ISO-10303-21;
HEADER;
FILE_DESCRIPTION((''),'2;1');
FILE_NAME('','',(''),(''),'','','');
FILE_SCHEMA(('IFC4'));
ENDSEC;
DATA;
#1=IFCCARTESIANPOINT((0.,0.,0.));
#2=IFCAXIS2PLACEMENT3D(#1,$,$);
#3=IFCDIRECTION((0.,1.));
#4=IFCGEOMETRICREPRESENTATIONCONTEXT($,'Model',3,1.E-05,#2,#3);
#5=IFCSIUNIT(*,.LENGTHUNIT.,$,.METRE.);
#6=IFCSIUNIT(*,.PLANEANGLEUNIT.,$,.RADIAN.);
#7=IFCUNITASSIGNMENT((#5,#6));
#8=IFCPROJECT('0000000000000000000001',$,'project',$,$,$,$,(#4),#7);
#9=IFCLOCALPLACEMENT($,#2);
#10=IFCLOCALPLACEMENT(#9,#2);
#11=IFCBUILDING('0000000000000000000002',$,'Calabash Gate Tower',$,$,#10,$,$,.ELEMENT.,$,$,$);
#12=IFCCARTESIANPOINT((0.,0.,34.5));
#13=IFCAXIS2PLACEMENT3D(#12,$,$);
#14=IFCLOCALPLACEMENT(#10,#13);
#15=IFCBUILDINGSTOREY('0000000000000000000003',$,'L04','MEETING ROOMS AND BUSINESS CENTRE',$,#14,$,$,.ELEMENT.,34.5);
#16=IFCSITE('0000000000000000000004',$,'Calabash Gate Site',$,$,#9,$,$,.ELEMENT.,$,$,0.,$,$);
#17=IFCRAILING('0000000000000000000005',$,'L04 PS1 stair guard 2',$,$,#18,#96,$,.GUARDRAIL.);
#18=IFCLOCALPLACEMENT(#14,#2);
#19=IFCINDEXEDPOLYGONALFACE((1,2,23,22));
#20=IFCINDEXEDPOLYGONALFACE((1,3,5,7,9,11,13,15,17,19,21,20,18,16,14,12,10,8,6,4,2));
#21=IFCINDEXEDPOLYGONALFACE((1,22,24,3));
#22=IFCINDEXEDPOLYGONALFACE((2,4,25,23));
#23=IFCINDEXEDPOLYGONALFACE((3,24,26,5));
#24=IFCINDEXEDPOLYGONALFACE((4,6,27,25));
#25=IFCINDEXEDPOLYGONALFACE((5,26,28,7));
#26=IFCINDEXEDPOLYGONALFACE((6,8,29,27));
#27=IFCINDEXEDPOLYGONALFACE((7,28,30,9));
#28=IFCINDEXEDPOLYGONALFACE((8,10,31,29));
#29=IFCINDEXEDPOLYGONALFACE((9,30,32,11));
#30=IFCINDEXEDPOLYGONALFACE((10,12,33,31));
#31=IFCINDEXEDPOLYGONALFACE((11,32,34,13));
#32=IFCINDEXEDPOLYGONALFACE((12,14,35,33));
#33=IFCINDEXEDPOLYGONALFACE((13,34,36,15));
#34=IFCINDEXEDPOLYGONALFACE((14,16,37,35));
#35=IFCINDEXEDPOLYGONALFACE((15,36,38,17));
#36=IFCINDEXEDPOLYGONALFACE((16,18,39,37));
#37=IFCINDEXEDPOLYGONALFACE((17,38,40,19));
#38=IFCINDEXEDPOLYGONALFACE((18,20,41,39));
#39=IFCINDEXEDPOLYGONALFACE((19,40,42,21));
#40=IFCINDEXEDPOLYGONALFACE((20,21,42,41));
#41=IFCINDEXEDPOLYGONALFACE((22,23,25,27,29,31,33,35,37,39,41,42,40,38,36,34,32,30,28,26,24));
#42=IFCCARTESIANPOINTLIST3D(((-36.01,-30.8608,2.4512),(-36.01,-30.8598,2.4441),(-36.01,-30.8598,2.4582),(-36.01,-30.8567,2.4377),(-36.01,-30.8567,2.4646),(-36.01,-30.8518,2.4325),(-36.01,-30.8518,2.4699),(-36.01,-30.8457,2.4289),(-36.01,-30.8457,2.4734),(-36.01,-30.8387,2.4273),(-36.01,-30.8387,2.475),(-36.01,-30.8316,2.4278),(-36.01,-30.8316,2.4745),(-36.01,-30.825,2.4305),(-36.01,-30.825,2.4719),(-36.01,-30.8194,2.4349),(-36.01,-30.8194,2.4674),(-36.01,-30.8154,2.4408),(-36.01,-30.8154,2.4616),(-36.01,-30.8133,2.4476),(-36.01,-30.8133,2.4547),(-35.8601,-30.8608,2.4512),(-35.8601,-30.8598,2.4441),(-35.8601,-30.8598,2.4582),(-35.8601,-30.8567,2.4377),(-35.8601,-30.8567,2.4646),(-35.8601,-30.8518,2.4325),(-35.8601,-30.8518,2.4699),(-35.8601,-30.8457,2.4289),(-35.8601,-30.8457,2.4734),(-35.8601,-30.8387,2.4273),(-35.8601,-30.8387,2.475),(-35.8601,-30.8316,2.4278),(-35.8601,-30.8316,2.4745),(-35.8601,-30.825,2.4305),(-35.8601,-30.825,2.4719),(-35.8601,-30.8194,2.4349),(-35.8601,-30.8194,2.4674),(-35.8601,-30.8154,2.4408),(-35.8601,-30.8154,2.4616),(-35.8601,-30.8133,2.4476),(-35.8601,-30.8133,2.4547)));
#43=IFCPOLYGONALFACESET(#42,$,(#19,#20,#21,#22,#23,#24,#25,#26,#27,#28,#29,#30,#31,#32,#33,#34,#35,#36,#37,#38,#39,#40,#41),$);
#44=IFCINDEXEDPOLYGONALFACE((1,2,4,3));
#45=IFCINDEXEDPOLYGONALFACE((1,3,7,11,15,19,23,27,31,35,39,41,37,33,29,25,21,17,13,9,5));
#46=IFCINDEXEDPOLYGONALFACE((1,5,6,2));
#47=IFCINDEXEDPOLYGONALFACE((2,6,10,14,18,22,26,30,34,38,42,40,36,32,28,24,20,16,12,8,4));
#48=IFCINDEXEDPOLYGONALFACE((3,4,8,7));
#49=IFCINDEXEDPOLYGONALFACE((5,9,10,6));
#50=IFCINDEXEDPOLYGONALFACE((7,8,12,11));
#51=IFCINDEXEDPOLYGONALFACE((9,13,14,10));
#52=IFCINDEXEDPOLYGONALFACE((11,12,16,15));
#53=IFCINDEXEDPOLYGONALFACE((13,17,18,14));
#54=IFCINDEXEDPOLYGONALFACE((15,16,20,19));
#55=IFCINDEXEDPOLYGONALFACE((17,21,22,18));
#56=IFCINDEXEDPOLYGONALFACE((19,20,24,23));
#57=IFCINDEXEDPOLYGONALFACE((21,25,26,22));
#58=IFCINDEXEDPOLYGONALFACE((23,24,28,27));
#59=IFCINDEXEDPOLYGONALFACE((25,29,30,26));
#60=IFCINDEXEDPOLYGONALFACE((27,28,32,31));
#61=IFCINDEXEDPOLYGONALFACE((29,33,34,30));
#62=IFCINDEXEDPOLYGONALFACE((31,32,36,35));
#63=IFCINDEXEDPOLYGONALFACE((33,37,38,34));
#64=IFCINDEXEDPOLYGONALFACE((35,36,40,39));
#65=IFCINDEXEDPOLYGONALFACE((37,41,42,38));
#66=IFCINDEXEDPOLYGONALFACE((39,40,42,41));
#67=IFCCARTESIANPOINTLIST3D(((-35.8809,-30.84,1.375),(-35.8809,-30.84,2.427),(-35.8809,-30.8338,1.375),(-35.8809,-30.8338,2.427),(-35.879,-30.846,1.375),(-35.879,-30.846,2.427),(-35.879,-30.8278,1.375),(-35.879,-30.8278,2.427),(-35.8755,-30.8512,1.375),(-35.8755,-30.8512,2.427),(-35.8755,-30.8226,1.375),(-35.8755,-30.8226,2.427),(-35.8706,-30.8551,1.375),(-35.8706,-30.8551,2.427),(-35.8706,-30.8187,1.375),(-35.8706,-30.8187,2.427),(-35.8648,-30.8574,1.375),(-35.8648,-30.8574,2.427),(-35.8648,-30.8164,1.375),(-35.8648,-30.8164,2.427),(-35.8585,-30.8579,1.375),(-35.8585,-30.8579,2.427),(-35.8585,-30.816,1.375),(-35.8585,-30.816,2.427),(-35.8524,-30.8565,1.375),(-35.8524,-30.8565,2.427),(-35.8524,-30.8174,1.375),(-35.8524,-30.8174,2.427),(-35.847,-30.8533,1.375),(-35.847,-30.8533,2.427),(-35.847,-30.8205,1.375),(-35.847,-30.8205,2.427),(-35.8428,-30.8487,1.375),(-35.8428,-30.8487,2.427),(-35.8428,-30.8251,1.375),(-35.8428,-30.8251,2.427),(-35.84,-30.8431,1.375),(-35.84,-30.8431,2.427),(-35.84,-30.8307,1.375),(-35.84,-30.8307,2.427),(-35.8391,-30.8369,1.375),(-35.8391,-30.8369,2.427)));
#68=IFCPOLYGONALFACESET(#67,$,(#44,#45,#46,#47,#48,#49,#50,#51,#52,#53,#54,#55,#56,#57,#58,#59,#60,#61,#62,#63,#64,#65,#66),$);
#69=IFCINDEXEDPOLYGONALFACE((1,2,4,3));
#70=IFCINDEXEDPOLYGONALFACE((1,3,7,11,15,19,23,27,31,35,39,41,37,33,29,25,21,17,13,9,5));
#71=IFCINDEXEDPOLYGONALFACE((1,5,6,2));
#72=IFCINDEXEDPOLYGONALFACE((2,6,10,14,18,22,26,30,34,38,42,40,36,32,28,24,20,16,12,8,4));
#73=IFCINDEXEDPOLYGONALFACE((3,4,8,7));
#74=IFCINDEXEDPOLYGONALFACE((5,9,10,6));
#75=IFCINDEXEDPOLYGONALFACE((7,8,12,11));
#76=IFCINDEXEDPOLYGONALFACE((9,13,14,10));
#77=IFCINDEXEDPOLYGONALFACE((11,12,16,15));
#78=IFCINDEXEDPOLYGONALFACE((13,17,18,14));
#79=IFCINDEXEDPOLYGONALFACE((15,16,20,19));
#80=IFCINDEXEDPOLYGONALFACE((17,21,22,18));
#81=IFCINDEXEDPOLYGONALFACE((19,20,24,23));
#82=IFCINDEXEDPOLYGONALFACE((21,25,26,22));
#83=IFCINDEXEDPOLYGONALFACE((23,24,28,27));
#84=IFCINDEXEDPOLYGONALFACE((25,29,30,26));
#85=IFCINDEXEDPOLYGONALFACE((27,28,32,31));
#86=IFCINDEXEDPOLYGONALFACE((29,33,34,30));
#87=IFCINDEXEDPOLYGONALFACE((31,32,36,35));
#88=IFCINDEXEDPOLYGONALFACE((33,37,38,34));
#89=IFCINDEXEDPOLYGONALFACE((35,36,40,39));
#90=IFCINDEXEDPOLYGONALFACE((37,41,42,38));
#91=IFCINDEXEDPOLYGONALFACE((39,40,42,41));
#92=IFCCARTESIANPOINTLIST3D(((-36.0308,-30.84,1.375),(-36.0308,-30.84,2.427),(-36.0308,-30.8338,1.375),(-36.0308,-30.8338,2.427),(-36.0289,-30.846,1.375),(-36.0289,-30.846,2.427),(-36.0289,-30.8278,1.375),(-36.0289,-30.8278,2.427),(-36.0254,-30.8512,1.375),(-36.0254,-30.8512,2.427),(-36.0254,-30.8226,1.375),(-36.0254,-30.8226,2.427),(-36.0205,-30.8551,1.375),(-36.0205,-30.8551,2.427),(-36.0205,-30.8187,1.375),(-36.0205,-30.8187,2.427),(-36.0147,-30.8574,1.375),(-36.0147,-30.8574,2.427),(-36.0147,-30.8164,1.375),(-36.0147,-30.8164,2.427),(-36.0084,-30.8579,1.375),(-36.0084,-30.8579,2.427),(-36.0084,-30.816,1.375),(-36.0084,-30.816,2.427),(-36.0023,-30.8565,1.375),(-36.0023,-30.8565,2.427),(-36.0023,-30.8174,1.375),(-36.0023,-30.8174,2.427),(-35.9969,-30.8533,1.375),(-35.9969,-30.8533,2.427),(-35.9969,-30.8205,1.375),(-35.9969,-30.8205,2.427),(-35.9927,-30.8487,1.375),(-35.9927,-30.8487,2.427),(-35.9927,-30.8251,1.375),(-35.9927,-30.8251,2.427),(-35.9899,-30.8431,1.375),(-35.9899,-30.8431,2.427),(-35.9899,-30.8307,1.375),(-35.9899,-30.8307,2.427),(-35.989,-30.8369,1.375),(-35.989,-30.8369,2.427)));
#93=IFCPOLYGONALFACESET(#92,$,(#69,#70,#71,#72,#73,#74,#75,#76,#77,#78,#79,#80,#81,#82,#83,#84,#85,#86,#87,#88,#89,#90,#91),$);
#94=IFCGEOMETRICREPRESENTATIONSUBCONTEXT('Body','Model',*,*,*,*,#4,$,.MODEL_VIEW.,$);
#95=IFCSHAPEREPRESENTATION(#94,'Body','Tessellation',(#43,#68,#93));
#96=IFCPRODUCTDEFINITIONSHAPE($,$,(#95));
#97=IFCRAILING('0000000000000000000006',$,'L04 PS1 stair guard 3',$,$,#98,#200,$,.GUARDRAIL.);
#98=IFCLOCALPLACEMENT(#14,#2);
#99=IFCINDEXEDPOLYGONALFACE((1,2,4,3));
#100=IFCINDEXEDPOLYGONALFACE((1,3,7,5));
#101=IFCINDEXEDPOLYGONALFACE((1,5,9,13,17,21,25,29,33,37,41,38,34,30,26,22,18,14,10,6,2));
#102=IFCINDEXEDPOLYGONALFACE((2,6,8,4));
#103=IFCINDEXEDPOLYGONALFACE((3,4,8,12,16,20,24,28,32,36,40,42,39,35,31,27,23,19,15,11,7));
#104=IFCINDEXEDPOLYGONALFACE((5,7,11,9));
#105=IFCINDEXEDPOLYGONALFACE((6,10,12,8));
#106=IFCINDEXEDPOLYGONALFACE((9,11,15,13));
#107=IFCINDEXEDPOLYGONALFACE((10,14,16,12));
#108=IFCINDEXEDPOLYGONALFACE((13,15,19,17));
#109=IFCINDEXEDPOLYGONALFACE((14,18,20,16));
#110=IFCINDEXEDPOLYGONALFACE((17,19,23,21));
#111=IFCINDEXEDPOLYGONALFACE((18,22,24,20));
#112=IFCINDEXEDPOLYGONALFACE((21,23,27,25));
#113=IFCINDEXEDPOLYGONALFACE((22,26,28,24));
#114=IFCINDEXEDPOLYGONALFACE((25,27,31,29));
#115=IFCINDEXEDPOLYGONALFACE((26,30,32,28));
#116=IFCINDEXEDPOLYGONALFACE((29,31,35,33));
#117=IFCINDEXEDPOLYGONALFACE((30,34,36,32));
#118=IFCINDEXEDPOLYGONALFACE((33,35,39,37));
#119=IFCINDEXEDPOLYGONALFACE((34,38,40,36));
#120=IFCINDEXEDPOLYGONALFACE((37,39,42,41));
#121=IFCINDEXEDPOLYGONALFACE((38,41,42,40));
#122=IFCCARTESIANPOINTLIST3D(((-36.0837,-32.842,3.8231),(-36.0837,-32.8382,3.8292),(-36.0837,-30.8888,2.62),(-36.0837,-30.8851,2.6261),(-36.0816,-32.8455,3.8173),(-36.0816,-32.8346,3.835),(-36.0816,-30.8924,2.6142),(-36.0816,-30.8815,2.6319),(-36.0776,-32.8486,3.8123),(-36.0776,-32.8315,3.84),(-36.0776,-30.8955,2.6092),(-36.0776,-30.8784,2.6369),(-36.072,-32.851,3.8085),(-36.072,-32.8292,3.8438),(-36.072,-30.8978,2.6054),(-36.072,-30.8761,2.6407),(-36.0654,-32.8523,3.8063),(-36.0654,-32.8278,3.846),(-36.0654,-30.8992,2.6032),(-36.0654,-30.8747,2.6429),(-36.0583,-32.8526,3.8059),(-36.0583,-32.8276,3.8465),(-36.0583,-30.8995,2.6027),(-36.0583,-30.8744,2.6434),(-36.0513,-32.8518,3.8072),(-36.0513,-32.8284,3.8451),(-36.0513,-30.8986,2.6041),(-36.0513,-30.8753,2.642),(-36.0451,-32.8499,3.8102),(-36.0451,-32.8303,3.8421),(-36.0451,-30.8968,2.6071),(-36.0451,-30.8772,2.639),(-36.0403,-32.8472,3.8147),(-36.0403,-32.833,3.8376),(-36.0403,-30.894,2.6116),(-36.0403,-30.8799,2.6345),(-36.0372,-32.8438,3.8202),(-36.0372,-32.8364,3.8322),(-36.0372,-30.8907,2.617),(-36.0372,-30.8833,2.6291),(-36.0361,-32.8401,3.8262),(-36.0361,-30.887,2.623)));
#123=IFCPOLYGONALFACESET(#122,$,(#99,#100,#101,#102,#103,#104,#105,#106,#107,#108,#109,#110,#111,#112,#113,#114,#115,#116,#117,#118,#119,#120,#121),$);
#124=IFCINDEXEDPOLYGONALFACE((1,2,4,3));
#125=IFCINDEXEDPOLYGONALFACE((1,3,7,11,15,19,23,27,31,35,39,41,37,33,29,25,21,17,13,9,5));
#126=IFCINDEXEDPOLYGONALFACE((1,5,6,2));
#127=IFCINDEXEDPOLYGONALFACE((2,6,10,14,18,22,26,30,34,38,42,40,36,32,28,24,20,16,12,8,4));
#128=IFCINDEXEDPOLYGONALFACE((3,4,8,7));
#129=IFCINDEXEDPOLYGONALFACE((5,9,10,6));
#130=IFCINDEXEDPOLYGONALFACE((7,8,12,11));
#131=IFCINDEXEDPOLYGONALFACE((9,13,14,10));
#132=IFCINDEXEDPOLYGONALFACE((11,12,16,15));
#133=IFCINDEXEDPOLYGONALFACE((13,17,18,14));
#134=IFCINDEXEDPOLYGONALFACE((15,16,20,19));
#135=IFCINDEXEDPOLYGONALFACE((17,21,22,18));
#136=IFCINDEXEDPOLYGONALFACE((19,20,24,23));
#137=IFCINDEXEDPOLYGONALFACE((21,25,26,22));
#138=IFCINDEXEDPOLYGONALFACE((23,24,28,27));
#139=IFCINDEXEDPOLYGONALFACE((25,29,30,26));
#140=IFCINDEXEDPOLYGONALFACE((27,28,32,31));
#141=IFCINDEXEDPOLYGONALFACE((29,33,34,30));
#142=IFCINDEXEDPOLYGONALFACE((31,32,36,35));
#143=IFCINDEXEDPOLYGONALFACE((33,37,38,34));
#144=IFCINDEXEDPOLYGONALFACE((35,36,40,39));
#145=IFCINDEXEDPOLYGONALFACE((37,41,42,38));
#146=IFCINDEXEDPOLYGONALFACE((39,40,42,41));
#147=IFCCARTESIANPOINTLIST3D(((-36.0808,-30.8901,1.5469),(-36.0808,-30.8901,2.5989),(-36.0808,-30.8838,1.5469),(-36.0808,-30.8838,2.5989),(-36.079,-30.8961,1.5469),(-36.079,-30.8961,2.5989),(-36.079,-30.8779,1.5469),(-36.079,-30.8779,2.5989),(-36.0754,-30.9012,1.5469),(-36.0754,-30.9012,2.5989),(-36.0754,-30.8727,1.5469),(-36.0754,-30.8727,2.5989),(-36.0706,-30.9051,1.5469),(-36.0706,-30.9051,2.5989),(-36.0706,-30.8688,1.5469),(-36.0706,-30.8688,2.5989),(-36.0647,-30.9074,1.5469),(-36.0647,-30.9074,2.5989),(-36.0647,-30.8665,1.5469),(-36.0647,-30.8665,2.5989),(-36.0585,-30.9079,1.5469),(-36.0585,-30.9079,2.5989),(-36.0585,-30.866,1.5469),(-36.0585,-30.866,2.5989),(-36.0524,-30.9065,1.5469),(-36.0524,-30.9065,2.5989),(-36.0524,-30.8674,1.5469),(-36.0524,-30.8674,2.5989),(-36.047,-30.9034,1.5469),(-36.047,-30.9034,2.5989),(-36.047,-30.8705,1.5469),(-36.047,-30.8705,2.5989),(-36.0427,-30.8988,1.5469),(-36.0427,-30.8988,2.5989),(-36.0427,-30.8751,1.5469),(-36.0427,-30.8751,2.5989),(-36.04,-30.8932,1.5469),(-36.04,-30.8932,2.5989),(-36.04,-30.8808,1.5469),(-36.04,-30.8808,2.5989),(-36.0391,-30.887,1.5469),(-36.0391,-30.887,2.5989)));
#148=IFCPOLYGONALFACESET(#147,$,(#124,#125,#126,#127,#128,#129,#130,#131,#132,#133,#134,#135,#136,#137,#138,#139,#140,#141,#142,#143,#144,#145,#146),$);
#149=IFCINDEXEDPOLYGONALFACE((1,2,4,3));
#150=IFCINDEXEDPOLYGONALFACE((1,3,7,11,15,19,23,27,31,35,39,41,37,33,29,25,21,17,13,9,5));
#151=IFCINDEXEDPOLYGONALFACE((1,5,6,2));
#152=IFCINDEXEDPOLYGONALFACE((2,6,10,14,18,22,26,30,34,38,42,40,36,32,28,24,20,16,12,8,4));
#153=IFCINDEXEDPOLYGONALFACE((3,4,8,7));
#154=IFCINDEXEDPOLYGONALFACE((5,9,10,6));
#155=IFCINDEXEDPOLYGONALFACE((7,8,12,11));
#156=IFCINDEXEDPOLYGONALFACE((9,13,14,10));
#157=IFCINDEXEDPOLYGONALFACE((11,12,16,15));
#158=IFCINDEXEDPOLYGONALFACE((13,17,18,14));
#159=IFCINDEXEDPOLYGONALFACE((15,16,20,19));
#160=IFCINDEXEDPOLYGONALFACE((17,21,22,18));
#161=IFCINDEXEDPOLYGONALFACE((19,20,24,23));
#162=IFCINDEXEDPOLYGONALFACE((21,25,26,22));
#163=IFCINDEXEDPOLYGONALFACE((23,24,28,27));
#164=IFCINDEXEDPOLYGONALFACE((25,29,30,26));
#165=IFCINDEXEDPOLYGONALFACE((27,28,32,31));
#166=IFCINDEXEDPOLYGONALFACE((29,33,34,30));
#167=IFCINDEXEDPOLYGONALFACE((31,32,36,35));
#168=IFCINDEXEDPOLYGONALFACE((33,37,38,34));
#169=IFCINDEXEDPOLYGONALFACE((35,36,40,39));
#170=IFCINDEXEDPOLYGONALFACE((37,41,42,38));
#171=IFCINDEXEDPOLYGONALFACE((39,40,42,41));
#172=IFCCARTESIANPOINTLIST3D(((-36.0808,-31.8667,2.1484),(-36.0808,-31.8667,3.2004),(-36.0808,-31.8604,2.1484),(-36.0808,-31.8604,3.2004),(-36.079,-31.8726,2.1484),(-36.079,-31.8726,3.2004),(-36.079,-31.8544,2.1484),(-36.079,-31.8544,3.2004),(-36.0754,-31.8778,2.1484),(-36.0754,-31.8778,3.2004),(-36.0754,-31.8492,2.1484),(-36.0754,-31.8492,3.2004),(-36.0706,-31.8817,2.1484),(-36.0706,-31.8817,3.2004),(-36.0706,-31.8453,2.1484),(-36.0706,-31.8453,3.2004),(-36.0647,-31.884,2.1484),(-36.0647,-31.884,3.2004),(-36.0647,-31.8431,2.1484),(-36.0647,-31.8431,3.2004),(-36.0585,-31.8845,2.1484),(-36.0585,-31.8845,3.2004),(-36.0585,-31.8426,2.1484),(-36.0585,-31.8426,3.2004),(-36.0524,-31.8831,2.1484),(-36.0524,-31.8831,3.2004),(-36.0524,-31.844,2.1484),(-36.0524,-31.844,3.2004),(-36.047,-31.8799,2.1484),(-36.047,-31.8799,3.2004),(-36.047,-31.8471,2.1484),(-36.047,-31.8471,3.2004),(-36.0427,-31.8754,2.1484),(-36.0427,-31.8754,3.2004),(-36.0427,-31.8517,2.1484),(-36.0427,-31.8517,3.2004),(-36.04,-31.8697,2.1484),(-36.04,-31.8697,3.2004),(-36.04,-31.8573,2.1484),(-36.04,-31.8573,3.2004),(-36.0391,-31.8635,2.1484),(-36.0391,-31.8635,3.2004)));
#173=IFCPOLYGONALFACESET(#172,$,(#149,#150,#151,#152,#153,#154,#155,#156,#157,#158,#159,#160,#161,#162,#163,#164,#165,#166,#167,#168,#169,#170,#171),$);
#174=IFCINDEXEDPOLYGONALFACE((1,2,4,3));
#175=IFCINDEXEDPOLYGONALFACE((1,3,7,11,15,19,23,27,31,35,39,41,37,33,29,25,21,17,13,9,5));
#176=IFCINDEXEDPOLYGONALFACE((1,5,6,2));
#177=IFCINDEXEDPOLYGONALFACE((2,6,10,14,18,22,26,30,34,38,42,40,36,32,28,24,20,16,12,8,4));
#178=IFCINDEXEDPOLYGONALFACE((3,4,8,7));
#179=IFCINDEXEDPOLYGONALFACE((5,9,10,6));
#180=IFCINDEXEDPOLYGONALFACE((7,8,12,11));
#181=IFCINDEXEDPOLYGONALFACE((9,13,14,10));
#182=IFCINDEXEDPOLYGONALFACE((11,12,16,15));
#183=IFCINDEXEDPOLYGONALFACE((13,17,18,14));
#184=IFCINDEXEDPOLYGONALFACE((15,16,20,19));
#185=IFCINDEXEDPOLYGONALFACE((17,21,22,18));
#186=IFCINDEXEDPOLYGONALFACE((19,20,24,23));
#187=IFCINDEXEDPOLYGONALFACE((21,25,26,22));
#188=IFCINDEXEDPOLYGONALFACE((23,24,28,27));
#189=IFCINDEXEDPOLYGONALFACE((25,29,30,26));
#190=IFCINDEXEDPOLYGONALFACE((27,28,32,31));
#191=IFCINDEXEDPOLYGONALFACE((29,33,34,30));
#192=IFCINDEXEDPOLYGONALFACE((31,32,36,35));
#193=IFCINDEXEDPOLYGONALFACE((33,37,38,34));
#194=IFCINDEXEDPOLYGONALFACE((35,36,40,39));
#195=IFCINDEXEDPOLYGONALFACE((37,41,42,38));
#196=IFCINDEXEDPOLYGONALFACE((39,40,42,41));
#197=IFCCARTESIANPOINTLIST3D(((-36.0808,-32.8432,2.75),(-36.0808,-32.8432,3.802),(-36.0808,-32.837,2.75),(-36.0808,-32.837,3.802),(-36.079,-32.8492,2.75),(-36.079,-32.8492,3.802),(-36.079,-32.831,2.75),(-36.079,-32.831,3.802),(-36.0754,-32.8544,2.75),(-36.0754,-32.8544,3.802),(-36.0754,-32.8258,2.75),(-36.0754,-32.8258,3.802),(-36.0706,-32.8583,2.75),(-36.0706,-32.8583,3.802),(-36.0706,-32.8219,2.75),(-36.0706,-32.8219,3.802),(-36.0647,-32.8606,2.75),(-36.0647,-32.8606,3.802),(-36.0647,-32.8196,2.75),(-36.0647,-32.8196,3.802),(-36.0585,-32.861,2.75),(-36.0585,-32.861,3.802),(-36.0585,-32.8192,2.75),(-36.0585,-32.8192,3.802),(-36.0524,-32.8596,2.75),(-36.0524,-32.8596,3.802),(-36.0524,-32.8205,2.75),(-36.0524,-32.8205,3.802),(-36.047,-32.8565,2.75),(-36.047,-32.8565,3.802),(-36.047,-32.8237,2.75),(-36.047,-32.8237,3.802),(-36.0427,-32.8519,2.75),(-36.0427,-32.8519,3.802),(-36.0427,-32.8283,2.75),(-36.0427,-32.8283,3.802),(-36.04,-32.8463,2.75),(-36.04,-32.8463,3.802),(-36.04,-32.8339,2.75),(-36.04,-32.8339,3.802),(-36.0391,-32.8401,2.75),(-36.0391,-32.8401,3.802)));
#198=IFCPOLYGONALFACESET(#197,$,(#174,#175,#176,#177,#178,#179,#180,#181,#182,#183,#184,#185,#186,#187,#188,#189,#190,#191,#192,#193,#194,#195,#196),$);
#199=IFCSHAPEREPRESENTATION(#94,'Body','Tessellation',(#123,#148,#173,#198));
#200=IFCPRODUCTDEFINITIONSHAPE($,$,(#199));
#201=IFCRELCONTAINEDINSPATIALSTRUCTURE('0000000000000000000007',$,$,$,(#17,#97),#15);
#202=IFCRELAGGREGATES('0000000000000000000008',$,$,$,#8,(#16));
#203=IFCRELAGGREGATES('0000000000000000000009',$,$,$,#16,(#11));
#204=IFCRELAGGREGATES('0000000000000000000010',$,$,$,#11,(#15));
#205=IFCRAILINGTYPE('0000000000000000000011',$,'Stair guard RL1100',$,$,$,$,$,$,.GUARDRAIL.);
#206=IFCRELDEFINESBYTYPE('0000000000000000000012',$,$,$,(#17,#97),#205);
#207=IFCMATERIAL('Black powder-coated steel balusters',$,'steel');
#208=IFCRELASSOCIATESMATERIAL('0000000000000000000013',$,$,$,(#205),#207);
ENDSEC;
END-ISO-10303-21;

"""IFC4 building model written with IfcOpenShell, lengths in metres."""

from ifc_helpers import new_model, si_unit, direction, frame, origin, origin_2d, place, context, subcontext, project, spatial, circle, extrude, material, type_object, element, save


model = new_model("IFC4")

# Units and contexts
model_context = context("Model", 3, precision=1e-05, world=origin(), true_north=direction((0.0, 1.0)))
body_context = subcontext(model_context, "Body", "Model", "MODEL_VIEW")
ifc_project = project(units=[si_unit("LENGTHUNIT", "METRE"), si_unit("PLANEANGLEUNIT", "RADIAN")], contexts=[model_context])

# Site, building, storey
site_placement = place(None, origin())
site = spatial("IfcSite", under=ifc_project, at=site_placement, Name="Calabash Gate Site", CompositionType="ELEMENT", RefElevation=0.0)
building_placement = place(site_placement, origin())
building = spatial("IfcBuilding", under=site, at=building_placement, Name="Calabash Gate Tower", CompositionType="ELEMENT")
storey_placement = place(building_placement, frame((0.0, 0.0, 34.5)))
storey = spatial("IfcBuildingStorey", under=building, at=storey_placement, Name="L04", Description="MEETING ROOMS AND BUSINESS CENTRE", CompositionType="ELEMENT", Elevation=34.5)

# Railings
ifc_material_1 = material(Name="Black powder-coated steel balusters", Category="steel")
railing_type_1 = type_object("IfcRailingType", Name="Stair guard RL1100", PredefinedType="GUARDRAIL", material=ifc_material_1)
railing_1_placement = place(storey_placement, frame((-35.8601, -30.8369, 1.375)))
element("IfcRailing", 1, at=railing_1_placement, inside=storey, type_object=railing_type_1, Name="L04 PS1 stair guard 2", PredefinedType="GUARDRAIL", context=body_context, shape_type="SweptSolid", body=[
    extrude(circle(Radius=0.0239, at=origin_2d()), frame((0.0, 0.0, 1.0762), z_axis=(-1.0, 0.0, 0.0), x_axis=(0.0, -1.0, 0.0)), (0.0, 0.0, 1.0), 0.1499),
    extrude(circle(Radius=0.021, at=origin_2d()), origin(), (0.0, 0.0, 1.0), 1.052),
    extrude(circle(Radius=0.021, at=origin_2d()), frame((-0.1499, 0.0, 0.0)), (0.0, 0.0, 1.0), 1.052),
])
railing_2_placement = place(storey_placement, frame((-36.0601, -30.887, 1.5469)))
element("IfcRailing", 2, at=railing_2_placement, inside=storey, type_object=railing_type_1, Name="L04 PS1 stair guard 3", PredefinedType="GUARDRAIL", context=body_context, shape_type="SweptSolid", body=[
    extrude(circle(Radius=0.0239, at=origin_2d()), frame((0.0, 0.0, 1.0762), z_axis=(0.0, -0.851424, 0.524477), x_axis=(1.0, 0.0, 0.0)), (0.0, 0.0, 1.0), 2.2939),
    extrude(circle(Radius=0.021, at=origin_2d()), origin(), (0.0, 0.0, 1.0), 1.052),
    extrude(circle(Radius=0.021, at=origin_2d()), frame((0.0, -0.9766, 0.6016)), (0.0, 0.0, 1.0), 1.052),
    extrude(circle(Radius=0.021, at=origin_2d()), frame((0.0, -1.9531, 1.2031)), (0.0, 0.0, 1.0), 1.052),
])

save(model, "model.ifc")
